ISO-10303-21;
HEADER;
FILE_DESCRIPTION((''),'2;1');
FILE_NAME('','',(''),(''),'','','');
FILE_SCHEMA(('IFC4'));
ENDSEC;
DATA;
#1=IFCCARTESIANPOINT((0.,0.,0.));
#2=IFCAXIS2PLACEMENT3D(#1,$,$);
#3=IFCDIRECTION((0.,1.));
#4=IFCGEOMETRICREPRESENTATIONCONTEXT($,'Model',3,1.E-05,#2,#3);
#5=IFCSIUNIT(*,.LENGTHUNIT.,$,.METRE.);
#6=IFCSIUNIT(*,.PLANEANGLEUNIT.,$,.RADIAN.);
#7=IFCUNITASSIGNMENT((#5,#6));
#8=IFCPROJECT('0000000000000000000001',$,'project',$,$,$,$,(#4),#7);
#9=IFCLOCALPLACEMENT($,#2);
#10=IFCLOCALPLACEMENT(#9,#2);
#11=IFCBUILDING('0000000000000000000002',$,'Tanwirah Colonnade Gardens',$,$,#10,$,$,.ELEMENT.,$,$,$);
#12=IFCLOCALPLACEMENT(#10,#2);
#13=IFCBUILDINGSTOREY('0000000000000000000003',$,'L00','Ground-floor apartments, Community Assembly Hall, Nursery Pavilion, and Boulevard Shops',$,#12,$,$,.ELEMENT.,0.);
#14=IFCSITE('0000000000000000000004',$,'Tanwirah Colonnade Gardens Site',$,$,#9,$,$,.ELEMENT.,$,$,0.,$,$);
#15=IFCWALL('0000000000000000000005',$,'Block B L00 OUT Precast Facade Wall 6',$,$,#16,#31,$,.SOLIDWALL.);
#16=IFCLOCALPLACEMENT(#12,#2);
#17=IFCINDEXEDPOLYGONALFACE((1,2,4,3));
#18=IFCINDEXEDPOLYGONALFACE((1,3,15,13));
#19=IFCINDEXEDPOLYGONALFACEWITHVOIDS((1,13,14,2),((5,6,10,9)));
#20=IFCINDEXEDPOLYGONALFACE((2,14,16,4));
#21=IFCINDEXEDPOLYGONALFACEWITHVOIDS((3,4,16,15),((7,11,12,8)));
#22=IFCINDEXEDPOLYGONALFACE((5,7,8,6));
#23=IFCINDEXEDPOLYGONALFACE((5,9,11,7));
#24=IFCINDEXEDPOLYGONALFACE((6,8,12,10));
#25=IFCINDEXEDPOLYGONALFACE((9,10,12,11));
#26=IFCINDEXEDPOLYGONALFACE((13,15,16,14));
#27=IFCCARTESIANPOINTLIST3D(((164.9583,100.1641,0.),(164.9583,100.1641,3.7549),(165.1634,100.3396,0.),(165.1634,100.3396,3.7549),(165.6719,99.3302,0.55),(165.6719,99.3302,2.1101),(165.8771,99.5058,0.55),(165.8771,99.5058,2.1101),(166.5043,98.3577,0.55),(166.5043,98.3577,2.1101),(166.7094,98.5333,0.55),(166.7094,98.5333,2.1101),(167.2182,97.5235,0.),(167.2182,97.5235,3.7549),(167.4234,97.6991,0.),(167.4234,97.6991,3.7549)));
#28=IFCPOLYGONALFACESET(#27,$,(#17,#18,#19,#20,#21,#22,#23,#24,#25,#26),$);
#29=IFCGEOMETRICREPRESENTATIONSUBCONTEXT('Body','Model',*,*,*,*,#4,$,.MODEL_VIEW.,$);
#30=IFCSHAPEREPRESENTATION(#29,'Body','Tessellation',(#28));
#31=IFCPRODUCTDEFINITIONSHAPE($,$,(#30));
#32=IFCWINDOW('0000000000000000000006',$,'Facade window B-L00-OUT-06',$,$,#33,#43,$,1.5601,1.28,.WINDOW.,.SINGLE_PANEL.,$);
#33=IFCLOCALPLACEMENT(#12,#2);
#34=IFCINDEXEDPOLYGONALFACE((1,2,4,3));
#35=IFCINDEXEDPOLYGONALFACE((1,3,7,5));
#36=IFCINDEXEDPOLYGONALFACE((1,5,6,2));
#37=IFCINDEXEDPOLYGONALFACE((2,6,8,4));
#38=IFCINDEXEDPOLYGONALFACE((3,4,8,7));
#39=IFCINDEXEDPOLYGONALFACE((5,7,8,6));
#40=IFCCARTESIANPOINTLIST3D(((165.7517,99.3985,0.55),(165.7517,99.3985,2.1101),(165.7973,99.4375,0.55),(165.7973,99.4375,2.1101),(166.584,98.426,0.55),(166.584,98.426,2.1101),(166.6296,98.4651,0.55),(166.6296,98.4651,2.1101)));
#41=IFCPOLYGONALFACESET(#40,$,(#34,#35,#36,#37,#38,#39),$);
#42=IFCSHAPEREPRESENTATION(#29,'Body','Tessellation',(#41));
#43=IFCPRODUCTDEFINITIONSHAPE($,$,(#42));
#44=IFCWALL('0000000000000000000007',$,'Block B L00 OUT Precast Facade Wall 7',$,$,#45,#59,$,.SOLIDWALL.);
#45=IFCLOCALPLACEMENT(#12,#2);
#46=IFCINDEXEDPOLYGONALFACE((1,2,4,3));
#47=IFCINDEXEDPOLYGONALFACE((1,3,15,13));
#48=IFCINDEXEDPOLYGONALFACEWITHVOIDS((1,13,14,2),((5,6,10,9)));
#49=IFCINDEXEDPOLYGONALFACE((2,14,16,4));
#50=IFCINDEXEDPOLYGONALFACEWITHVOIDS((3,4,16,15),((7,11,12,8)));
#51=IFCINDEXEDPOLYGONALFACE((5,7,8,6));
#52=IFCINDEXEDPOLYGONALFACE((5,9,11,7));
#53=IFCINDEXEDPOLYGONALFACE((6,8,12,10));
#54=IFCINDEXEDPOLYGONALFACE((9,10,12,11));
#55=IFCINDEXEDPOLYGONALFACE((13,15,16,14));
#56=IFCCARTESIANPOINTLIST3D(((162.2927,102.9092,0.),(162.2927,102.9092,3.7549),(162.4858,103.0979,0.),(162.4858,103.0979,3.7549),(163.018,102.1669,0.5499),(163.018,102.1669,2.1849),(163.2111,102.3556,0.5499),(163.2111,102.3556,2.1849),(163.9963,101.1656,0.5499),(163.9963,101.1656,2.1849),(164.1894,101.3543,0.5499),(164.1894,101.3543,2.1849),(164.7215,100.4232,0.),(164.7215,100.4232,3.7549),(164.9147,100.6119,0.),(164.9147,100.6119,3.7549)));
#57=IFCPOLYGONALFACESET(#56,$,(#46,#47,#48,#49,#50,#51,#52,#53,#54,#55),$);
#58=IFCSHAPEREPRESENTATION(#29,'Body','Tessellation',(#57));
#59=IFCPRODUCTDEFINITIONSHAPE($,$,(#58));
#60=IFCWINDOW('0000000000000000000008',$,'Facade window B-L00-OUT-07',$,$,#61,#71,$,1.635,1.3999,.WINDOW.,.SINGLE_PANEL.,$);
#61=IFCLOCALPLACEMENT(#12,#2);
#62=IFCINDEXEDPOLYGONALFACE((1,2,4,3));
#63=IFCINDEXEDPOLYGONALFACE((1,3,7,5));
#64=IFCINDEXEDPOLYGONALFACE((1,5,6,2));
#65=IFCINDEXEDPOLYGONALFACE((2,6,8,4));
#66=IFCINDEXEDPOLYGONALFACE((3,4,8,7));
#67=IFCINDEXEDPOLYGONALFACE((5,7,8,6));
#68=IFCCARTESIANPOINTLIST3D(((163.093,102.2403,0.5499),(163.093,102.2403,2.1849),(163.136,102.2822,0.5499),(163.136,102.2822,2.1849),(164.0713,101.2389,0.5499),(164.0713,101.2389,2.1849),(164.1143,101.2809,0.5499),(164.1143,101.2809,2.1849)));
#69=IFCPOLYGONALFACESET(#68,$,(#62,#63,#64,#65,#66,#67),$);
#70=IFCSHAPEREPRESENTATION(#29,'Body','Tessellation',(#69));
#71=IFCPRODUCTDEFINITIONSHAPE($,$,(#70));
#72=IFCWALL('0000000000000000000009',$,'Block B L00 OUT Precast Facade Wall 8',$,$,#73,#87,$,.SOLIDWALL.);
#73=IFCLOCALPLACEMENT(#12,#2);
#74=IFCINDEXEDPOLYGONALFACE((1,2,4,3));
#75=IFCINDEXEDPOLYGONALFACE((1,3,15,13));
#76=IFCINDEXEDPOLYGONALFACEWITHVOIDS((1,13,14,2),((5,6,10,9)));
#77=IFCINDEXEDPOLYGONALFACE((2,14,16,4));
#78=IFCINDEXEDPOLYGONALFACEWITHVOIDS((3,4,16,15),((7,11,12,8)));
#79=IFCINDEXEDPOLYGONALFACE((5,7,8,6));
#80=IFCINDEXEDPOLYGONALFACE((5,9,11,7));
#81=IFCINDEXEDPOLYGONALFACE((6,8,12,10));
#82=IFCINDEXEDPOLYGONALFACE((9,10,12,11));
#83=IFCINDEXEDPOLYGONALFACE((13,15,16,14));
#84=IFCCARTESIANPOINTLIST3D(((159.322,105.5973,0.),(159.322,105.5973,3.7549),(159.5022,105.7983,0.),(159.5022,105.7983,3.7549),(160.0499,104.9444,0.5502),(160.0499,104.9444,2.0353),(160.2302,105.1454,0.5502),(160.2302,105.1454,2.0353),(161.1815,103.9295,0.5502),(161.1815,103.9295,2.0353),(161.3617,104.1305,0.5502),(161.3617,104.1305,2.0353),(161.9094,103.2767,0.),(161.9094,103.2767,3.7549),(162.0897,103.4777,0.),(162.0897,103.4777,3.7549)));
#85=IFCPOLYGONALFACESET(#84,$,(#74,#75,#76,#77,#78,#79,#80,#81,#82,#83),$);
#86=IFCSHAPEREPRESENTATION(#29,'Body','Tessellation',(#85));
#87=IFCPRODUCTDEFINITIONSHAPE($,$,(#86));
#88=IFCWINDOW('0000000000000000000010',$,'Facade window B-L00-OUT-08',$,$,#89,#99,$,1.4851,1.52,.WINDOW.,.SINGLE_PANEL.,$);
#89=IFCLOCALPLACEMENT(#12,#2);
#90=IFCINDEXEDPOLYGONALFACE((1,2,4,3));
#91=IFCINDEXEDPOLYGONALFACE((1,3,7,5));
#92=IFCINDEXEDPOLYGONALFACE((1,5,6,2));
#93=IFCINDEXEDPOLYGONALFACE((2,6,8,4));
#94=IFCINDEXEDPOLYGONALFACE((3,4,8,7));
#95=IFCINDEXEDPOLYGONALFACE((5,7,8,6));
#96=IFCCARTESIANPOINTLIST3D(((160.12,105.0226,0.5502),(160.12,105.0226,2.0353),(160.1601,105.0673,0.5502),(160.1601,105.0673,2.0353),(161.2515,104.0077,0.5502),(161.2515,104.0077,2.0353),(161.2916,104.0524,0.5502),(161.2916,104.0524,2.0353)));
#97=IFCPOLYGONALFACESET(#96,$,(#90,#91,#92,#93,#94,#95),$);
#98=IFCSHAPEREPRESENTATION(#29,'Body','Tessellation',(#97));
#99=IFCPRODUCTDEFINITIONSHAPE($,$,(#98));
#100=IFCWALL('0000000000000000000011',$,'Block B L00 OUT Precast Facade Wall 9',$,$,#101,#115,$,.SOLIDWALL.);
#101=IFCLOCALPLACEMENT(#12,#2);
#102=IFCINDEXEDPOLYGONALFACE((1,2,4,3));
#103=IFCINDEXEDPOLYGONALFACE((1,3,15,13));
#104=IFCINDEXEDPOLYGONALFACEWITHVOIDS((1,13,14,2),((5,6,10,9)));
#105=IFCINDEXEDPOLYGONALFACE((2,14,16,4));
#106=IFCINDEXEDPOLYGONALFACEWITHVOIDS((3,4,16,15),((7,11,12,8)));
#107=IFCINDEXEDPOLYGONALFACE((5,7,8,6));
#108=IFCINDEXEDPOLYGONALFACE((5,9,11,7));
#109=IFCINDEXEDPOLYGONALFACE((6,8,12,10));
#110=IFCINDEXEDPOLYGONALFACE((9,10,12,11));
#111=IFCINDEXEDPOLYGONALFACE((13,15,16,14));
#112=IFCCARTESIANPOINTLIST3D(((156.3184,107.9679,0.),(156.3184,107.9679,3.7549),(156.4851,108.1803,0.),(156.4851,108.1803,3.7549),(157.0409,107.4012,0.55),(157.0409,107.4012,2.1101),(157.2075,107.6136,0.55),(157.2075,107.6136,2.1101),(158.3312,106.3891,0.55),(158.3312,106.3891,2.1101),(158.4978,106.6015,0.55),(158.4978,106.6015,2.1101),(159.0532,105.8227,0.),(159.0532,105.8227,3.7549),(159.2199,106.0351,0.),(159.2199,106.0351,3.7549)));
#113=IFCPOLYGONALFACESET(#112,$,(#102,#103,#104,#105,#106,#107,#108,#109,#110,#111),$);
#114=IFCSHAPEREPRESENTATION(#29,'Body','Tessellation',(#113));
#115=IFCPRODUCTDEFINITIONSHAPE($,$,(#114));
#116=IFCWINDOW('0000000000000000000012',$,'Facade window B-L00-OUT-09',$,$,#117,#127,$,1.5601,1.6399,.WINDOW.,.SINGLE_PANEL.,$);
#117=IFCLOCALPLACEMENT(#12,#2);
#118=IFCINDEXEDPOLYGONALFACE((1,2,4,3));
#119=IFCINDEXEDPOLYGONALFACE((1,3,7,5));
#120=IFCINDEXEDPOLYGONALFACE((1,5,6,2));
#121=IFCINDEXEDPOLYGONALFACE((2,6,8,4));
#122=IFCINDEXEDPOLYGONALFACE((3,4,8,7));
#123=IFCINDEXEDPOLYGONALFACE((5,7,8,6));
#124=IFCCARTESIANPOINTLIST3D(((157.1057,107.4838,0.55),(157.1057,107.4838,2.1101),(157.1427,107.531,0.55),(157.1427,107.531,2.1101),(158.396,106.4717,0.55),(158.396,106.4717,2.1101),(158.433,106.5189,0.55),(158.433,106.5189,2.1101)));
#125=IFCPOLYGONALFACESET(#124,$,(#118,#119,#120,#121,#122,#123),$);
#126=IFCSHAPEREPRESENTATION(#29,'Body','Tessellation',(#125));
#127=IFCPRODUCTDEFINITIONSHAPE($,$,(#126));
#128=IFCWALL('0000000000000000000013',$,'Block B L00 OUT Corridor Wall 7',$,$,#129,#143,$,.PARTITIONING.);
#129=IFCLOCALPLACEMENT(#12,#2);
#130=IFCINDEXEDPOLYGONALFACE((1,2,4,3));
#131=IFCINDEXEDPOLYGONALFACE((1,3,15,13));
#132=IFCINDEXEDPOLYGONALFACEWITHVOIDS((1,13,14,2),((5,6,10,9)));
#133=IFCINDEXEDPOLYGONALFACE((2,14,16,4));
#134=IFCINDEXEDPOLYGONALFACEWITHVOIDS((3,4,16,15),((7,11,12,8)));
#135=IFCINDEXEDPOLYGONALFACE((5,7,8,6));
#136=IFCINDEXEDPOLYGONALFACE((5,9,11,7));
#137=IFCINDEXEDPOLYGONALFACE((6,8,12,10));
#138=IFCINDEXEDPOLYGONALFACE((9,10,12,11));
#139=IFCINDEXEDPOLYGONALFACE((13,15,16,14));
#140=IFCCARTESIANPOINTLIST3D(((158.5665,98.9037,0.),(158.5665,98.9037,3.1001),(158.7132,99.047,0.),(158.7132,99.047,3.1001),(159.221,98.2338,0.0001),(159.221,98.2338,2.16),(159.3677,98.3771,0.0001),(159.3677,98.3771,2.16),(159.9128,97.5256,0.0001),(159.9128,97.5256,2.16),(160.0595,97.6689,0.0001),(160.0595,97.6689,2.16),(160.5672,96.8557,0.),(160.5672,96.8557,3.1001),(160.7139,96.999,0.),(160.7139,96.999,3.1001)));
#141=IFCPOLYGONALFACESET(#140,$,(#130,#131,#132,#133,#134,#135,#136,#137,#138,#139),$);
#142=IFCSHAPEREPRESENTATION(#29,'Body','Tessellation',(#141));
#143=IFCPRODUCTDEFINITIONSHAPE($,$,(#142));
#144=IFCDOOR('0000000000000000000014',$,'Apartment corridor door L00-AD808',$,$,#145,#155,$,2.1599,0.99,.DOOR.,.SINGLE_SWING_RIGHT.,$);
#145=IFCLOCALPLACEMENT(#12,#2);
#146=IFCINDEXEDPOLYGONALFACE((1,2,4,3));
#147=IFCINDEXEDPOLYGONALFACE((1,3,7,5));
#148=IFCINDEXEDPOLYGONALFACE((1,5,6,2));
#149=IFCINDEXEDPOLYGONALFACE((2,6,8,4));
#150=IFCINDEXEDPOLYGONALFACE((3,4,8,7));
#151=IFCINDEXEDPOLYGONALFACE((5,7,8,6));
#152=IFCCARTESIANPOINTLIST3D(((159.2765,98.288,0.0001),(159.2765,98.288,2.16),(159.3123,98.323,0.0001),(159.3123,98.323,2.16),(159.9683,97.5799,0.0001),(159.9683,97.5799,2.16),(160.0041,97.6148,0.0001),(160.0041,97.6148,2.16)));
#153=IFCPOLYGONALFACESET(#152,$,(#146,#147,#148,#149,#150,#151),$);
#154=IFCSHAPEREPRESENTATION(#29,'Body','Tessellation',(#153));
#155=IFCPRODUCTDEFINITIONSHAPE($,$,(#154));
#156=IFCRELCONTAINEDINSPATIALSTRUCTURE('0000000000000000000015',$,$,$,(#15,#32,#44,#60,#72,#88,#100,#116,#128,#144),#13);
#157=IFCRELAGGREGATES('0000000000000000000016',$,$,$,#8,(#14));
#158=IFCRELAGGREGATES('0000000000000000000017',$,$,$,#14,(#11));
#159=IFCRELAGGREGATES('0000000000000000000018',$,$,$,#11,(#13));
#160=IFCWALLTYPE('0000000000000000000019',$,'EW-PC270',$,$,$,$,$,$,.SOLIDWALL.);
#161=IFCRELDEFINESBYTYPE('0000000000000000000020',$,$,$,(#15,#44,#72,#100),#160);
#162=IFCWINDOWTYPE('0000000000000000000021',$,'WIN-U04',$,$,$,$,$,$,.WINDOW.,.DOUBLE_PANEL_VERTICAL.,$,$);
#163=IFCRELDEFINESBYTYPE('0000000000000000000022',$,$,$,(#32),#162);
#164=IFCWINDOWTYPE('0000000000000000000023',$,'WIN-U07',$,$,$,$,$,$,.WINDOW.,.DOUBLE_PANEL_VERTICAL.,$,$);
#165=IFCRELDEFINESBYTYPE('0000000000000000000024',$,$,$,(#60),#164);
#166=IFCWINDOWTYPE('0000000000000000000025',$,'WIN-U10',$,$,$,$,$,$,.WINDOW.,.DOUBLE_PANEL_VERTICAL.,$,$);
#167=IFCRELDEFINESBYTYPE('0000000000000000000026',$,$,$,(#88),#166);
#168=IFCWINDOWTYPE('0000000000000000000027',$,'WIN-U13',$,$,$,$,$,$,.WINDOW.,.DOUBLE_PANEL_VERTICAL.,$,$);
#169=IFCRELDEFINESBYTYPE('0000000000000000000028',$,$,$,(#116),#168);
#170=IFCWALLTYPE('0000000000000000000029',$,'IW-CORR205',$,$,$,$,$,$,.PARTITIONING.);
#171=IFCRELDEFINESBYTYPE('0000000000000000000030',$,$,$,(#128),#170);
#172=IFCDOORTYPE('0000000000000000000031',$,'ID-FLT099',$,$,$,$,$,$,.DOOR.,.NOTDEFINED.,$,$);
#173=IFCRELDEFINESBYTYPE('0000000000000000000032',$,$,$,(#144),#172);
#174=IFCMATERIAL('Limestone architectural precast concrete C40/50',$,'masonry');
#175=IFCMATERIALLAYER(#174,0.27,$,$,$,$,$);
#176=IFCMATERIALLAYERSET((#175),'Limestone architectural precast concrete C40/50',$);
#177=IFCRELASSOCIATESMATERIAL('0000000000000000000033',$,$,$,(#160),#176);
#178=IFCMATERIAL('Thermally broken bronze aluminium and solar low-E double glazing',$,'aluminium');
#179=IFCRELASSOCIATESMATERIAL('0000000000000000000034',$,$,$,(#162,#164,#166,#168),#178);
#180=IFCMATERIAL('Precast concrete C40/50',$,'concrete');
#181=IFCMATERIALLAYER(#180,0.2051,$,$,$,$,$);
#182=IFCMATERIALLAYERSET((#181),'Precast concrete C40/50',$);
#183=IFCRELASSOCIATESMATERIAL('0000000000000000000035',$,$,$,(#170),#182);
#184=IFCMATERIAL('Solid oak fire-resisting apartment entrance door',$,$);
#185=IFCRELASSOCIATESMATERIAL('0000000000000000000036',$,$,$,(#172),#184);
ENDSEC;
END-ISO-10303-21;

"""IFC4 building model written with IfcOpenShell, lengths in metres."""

from ifc_helpers import new_model, si_unit, direction, frame, frame_2d, origin, place, context, subcontext, project, spatial, rectangle, extrude, material, layer, layer_set, type_object, element, fill, save


model = new_model("IFC4")

# Units and contexts
model_context = context("Model", 3, precision=1e-05, world=origin(), true_north=direction((0.0, 1.0)))
body_context = subcontext(model_context, "Body", "Model", "MODEL_VIEW")
ifc_project = project(units=[si_unit("LENGTHUNIT", "METRE"), si_unit("PLANEANGLEUNIT", "RADIAN")], contexts=[model_context])

# Site, building, storey
site_placement = place(None, origin())
site = spatial("IfcSite", under=ifc_project, at=site_placement, Name="Tanwirah Colonnade Gardens Site", CompositionType="ELEMENT", RefElevation=0.0)
building_placement = place(site_placement, origin())
building = spatial("IfcBuilding", under=site, at=building_placement, Name="Tanwirah Colonnade Gardens", CompositionType="ELEMENT")
storey_placement = place(building_placement, origin())
storey = spatial("IfcBuildingStorey", under=building, at=storey_placement, Name="L00", Description="Ground-floor apartments, Community Assembly Hall, Nursery Pavilion, and Boulevard Shops", CompositionType="ELEMENT", Elevation=0.0)

# Shared definitions
ifc_material_1 = material(Name="Precast concrete C40/50", Category="concrete")

# Walls, openings, windows
ifc_material_2 = material(Name="Limestone architectural precast concrete C40/50", Category="masonry")
ifc_layer_1 = layer(ifc_material_2, 0.27)
ifc_layer_set_1 = layer_set([ifc_layer_1], Name="Limestone architectural precast concrete C40/50")
wall_type_1 = type_object("IfcWallType", Name="EW-PC270", PredefinedType="SOLIDWALL", material=ifc_layer_set_1)
wall_1_placement = place(storey_placement, frame((167.3208, 97.6113, 0.0), z_axis=(0.0, 0.0, 1.0), x_axis=(-0.65023, 0.759737, 0.0)))
wall_1 = element("IfcWall", 1, at=wall_1_placement, inside=storey, type_object=wall_type_1, Name="Block B L00 OUT Precast Facade Wall 6", PredefinedType="SOLIDWALL", context=body_context, shape_type="SweptSolid", body=[
    extrude(rectangle(XDim=3.4756, YDim=0.27, at=frame_2d((1.7378, 0.0))), origin(), (0.0, 0.0, 1.0), 3.7549),
])
opening_1_placement = place(wall_1_placement, frame((1.0979, 0.0, 0.55)))
opening_1 = element("IfcOpeningElement", 2, at=opening_1_placement, cuts=wall_1, PredefinedType="OPENING", context=body_context, shape_type="SweptSolid", body=[
    extrude(rectangle(XDim=1.28, YDim=1.5601, at=frame_2d((0.6401, 0.78))), frame((0.0, 0.145, 0.0), z_axis=(0.0, -1.0, 0.0), x_axis=(1.0, 0.0, 0.0)), (0.0, 0.0, 1.0), 0.29),
])
ifc_material_3 = material(Name="Thermally broken bronze aluminium and solar low-E double glazing", Category="aluminium")
window_type_1 = type_object("IfcWindowType", Name="WIN-U04", PartitioningType="DOUBLE_PANEL_VERTICAL", PredefinedType="WINDOW", material=ifc_material_3)
window_1_placement = place(opening_1_placement, origin())
window_1 = element("IfcWindow", 3, at=window_1_placement, inside=storey, type_object=window_type_1, Name="Facade window B-L00-OUT-06", OverallHeight=1.5601, OverallWidth=1.28, PartitioningType="SINGLE_PANEL", PredefinedType="WINDOW", context=body_context, shape_type="SweptSolid", body=[
    extrude(rectangle(XDim=1.28, YDim=1.5601, at=frame_2d((0.6401, 0.78))), frame((0.0, 0.03, 0.0), z_axis=(0.0, -1.0, 0.0), x_axis=(1.0, 0.0, 0.0)), (0.0, 0.0, 1.0), 0.0601),
])
fill(opening_1, window_1)
wall_2_placement = place(storey_placement, frame((164.8181, 100.5176, 0.0), z_axis=(0.0, 0.0, 1.0), x_axis=(-0.698841, 0.715277, 0.0)))
wall_2 = element("IfcWall", 4, at=wall_2_placement, inside=storey, type_object=wall_type_1, Name="Block B L00 OUT Precast Facade Wall 7", PredefinedType="SOLIDWALL", context=body_context, shape_type="SweptSolid", body=[
    extrude(rectangle(XDim=3.4756, YDim=0.27, at=frame_2d((1.7378, 0.0))), origin(), (0.0, 0.0, 1.0), 3.7549),
])
opening_2_placement = place(wall_2_placement, frame((1.0378, 0.0, 0.55)))
opening_2 = element("IfcOpeningElement", 5, at=opening_2_placement, cuts=wall_2, PredefinedType="OPENING", context=body_context, shape_type="SweptSolid", body=[
    extrude(rectangle(XDim=1.3999, YDim=1.635, at=frame_2d((0.7, 0.8174))), frame((0.0, 0.145, 0.0), z_axis=(0.0, -1.0, 0.0), x_axis=(1.0, 0.0, 0.0)), (0.0, 0.0, 1.0), 0.29),
])
window_type_2 = type_object("IfcWindowType", Name="WIN-U07", PartitioningType="DOUBLE_PANEL_VERTICAL", PredefinedType="WINDOW", material=ifc_material_3)
window_2_placement = place(opening_2_placement, origin())
window_2 = element("IfcWindow", 6, at=window_2_placement, inside=storey, type_object=window_type_2, Name="Facade window B-L00-OUT-07", OverallHeight=1.635, OverallWidth=1.3999, PartitioningType="SINGLE_PANEL", PredefinedType="WINDOW", context=body_context, shape_type="SweptSolid", body=[
    extrude(rectangle(XDim=1.3999, YDim=1.635, at=frame_2d((0.7, 0.8174))), frame((0.0, 0.03, 0.0), z_axis=(0.0, -1.0, 0.0), x_axis=(1.0, 0.0, 0.0)), (0.0, 0.0, 1.0), 0.0601),
])
fill(opening_2, window_2)
wall_3_placement = place(storey_placement, frame((161.9995, 103.3772, 0.0), z_axis=(0.0, 0.0, 1.0), x_axis=(-0.744453, 0.667675, 0.0)))
wall_3 = element("IfcWall", 7, at=wall_3_placement, inside=storey, type_object=wall_type_1, Name="Block B L00 OUT Precast Facade Wall 8", PredefinedType="SOLIDWALL", context=body_context, shape_type="SweptSolid", body=[
    extrude(rectangle(XDim=3.4756, YDim=0.27, at=frame_2d((1.7378, 0.0))), origin(), (0.0, 0.0, 1.0), 3.7549),
])
opening_3_placement = place(wall_3_placement, frame((0.9778, 0.0, 0.55)))
opening_3 = element("IfcOpeningElement", 8, at=opening_3_placement, cuts=wall_3, PredefinedType="OPENING", context=body_context, shape_type="SweptSolid", body=[
    extrude(rectangle(XDim=1.52, YDim=1.4851, at=frame_2d((0.76, 0.7427))), frame((0.0, 0.145, 0.0), z_axis=(0.0, -1.0, 0.0), x_axis=(1.0, 0.0, 0.0)), (0.0, 0.0, 1.0), 0.29),
])
window_type_3 = type_object("IfcWindowType", Name="WIN-U10", PartitioningType="DOUBLE_PANEL_VERTICAL", PredefinedType="WINDOW", material=ifc_material_3)
window_3_placement = place(opening_3_placement, origin())
window_3 = element("IfcWindow", 9, at=window_3_placement, inside=storey, type_object=window_type_3, Name="Facade window B-L00-OUT-08", OverallHeight=1.4851, OverallWidth=1.52, PartitioningType="SINGLE_PANEL", PredefinedType="WINDOW", context=body_context, shape_type="SweptSolid", body=[
    extrude(rectangle(XDim=1.52, YDim=1.4851, at=frame_2d((0.76, 0.7427))), frame((0.0, 0.03, 0.0), z_axis=(0.0, -1.0, 0.0), x_axis=(1.0, 0.0, 0.0)), (0.0, 0.0, 1.0), 0.0601),
])
fill(opening_3, window_3)
wall_4_placement = place(storey_placement, frame((159.1365, 105.929, 0.0), z_axis=(0.0, 0.0, 1.0), x_axis=(-0.786815, 0.617189, 0.0)))
wall_4 = element("IfcWall", 10, at=wall_4_placement, inside=storey, type_object=wall_type_1, Name="Block B L00 OUT Precast Facade Wall 9", PredefinedType="SOLIDWALL", context=body_context, shape_type="SweptSolid", body=[
    extrude(rectangle(XDim=3.4758, YDim=0.27, at=frame_2d((1.7378, 0.0))), origin(), (0.0, 0.0, 1.0), 3.7549),
])
opening_4_placement = place(wall_4_placement, frame((0.9177, 0.0, 0.55)))
opening_4 = element("IfcOpeningElement", 11, at=opening_4_placement, cuts=wall_4, PredefinedType="OPENING", context=body_context, shape_type="SweptSolid", body=[
    extrude(rectangle(XDim=1.6399, YDim=1.5601, at=frame_2d((0.8198, 0.78))), frame((0.0, 0.145, 0.0), z_axis=(0.0, -1.0, 0.0), x_axis=(1.0, 0.0, 0.0)), (0.0, 0.0, 1.0), 0.29),
])
window_type_4 = type_object("IfcWindowType", Name="WIN-U13", PartitioningType="DOUBLE_PANEL_VERTICAL", PredefinedType="WINDOW", material=ifc_material_3)
window_4_placement = place(opening_4_placement, origin())
window_4 = element("IfcWindow", 12, at=window_4_placement, inside=storey, type_object=window_type_4, Name="Facade window B-L00-OUT-09", OverallHeight=1.5601, OverallWidth=1.6399, PartitioningType="SINGLE_PANEL", PredefinedType="WINDOW", context=body_context, shape_type="SweptSolid", body=[
    extrude(rectangle(XDim=1.6399, YDim=1.5601, at=frame_2d((0.8198, 0.78))), frame((0.0, 0.03, 0.0), z_axis=(0.0, -1.0, 0.0), x_axis=(1.0, 0.0, 0.0)), (0.0, 0.0, 1.0), 0.0601),
])
fill(opening_4, window_4)

# Wall, opening, door
ifc_layer_2 = layer(ifc_material_1, 0.2051)
ifc_layer_set_2 = layer_set([ifc_layer_2], Name="Precast concrete C40/50")
wall_type_2 = type_object("IfcWallType", Name="IW-CORR205", PredefinedType="PARTITIONING", material=ifc_layer_set_2)
wall_5_placement = place(storey_placement, frame((160.6406, 96.9272, 0.0), z_axis=(0.0, 0.0, 1.0), x_axis=(-0.698787, 0.71533, 0.0)))
wall_5 = element("IfcWall", 13, at=wall_5_placement, inside=storey, type_object=wall_type_2, Name="Block B L00 OUT Corridor Wall 7", PredefinedType="PARTITIONING", context=body_context, shape_type="SweptSolid", body=[
    extrude(rectangle(XDim=2.863, YDim=0.2051, at=frame_2d((1.4316, 0.0))), origin(), (0.0, 0.0, 1.0), 3.1001),
])
opening_5_placement = place(wall_5_placement, frame((0.9365, 0.0, 0.0)))
opening_5 = element("IfcOpeningElement", 14, at=opening_5_placement, cuts=wall_5, PredefinedType="OPENING", context=body_context, shape_type="SweptSolid", body=[
    extrude(rectangle(XDim=0.99, YDim=2.1599, at=frame_2d((0.4951, 1.0801))), frame((0.0, 0.1125, 0.0), z_axis=(0.0, -1.0, 0.0), x_axis=(1.0, 0.0, 0.0)), (0.0, 0.0, 1.0), 0.2251),
])
ifc_material_4 = material(Name="Solid oak fire-resisting apartment entrance door")
door_type_1 = type_object("IfcDoorType", Name="ID-FLT099", OperationType="NOTDEFINED", PredefinedType="DOOR", material=ifc_material_4)
door_1_placement = place(opening_5_placement, origin())
door_1 = element("IfcDoor", 15, at=door_1_placement, inside=storey, type_object=door_type_1, Name="Apartment corridor door L00-AD808", OperationType="SINGLE_SWING_RIGHT", OverallHeight=2.1599, OverallWidth=0.99, PredefinedType="DOOR", context=body_context, shape_type="SweptSolid", body=[
    extrude(rectangle(XDim=0.99, YDim=2.1599, at=frame_2d((0.4951, 1.0801))), frame((0.0, 0.0249, 0.0), z_axis=(0.0, -1.0, 0.0), x_axis=(1.0, 0.0, 0.0)), (0.0, 0.0, 1.0), 0.05),
])
fill(opening_5, door_1)

save(model, "model.ifc")
